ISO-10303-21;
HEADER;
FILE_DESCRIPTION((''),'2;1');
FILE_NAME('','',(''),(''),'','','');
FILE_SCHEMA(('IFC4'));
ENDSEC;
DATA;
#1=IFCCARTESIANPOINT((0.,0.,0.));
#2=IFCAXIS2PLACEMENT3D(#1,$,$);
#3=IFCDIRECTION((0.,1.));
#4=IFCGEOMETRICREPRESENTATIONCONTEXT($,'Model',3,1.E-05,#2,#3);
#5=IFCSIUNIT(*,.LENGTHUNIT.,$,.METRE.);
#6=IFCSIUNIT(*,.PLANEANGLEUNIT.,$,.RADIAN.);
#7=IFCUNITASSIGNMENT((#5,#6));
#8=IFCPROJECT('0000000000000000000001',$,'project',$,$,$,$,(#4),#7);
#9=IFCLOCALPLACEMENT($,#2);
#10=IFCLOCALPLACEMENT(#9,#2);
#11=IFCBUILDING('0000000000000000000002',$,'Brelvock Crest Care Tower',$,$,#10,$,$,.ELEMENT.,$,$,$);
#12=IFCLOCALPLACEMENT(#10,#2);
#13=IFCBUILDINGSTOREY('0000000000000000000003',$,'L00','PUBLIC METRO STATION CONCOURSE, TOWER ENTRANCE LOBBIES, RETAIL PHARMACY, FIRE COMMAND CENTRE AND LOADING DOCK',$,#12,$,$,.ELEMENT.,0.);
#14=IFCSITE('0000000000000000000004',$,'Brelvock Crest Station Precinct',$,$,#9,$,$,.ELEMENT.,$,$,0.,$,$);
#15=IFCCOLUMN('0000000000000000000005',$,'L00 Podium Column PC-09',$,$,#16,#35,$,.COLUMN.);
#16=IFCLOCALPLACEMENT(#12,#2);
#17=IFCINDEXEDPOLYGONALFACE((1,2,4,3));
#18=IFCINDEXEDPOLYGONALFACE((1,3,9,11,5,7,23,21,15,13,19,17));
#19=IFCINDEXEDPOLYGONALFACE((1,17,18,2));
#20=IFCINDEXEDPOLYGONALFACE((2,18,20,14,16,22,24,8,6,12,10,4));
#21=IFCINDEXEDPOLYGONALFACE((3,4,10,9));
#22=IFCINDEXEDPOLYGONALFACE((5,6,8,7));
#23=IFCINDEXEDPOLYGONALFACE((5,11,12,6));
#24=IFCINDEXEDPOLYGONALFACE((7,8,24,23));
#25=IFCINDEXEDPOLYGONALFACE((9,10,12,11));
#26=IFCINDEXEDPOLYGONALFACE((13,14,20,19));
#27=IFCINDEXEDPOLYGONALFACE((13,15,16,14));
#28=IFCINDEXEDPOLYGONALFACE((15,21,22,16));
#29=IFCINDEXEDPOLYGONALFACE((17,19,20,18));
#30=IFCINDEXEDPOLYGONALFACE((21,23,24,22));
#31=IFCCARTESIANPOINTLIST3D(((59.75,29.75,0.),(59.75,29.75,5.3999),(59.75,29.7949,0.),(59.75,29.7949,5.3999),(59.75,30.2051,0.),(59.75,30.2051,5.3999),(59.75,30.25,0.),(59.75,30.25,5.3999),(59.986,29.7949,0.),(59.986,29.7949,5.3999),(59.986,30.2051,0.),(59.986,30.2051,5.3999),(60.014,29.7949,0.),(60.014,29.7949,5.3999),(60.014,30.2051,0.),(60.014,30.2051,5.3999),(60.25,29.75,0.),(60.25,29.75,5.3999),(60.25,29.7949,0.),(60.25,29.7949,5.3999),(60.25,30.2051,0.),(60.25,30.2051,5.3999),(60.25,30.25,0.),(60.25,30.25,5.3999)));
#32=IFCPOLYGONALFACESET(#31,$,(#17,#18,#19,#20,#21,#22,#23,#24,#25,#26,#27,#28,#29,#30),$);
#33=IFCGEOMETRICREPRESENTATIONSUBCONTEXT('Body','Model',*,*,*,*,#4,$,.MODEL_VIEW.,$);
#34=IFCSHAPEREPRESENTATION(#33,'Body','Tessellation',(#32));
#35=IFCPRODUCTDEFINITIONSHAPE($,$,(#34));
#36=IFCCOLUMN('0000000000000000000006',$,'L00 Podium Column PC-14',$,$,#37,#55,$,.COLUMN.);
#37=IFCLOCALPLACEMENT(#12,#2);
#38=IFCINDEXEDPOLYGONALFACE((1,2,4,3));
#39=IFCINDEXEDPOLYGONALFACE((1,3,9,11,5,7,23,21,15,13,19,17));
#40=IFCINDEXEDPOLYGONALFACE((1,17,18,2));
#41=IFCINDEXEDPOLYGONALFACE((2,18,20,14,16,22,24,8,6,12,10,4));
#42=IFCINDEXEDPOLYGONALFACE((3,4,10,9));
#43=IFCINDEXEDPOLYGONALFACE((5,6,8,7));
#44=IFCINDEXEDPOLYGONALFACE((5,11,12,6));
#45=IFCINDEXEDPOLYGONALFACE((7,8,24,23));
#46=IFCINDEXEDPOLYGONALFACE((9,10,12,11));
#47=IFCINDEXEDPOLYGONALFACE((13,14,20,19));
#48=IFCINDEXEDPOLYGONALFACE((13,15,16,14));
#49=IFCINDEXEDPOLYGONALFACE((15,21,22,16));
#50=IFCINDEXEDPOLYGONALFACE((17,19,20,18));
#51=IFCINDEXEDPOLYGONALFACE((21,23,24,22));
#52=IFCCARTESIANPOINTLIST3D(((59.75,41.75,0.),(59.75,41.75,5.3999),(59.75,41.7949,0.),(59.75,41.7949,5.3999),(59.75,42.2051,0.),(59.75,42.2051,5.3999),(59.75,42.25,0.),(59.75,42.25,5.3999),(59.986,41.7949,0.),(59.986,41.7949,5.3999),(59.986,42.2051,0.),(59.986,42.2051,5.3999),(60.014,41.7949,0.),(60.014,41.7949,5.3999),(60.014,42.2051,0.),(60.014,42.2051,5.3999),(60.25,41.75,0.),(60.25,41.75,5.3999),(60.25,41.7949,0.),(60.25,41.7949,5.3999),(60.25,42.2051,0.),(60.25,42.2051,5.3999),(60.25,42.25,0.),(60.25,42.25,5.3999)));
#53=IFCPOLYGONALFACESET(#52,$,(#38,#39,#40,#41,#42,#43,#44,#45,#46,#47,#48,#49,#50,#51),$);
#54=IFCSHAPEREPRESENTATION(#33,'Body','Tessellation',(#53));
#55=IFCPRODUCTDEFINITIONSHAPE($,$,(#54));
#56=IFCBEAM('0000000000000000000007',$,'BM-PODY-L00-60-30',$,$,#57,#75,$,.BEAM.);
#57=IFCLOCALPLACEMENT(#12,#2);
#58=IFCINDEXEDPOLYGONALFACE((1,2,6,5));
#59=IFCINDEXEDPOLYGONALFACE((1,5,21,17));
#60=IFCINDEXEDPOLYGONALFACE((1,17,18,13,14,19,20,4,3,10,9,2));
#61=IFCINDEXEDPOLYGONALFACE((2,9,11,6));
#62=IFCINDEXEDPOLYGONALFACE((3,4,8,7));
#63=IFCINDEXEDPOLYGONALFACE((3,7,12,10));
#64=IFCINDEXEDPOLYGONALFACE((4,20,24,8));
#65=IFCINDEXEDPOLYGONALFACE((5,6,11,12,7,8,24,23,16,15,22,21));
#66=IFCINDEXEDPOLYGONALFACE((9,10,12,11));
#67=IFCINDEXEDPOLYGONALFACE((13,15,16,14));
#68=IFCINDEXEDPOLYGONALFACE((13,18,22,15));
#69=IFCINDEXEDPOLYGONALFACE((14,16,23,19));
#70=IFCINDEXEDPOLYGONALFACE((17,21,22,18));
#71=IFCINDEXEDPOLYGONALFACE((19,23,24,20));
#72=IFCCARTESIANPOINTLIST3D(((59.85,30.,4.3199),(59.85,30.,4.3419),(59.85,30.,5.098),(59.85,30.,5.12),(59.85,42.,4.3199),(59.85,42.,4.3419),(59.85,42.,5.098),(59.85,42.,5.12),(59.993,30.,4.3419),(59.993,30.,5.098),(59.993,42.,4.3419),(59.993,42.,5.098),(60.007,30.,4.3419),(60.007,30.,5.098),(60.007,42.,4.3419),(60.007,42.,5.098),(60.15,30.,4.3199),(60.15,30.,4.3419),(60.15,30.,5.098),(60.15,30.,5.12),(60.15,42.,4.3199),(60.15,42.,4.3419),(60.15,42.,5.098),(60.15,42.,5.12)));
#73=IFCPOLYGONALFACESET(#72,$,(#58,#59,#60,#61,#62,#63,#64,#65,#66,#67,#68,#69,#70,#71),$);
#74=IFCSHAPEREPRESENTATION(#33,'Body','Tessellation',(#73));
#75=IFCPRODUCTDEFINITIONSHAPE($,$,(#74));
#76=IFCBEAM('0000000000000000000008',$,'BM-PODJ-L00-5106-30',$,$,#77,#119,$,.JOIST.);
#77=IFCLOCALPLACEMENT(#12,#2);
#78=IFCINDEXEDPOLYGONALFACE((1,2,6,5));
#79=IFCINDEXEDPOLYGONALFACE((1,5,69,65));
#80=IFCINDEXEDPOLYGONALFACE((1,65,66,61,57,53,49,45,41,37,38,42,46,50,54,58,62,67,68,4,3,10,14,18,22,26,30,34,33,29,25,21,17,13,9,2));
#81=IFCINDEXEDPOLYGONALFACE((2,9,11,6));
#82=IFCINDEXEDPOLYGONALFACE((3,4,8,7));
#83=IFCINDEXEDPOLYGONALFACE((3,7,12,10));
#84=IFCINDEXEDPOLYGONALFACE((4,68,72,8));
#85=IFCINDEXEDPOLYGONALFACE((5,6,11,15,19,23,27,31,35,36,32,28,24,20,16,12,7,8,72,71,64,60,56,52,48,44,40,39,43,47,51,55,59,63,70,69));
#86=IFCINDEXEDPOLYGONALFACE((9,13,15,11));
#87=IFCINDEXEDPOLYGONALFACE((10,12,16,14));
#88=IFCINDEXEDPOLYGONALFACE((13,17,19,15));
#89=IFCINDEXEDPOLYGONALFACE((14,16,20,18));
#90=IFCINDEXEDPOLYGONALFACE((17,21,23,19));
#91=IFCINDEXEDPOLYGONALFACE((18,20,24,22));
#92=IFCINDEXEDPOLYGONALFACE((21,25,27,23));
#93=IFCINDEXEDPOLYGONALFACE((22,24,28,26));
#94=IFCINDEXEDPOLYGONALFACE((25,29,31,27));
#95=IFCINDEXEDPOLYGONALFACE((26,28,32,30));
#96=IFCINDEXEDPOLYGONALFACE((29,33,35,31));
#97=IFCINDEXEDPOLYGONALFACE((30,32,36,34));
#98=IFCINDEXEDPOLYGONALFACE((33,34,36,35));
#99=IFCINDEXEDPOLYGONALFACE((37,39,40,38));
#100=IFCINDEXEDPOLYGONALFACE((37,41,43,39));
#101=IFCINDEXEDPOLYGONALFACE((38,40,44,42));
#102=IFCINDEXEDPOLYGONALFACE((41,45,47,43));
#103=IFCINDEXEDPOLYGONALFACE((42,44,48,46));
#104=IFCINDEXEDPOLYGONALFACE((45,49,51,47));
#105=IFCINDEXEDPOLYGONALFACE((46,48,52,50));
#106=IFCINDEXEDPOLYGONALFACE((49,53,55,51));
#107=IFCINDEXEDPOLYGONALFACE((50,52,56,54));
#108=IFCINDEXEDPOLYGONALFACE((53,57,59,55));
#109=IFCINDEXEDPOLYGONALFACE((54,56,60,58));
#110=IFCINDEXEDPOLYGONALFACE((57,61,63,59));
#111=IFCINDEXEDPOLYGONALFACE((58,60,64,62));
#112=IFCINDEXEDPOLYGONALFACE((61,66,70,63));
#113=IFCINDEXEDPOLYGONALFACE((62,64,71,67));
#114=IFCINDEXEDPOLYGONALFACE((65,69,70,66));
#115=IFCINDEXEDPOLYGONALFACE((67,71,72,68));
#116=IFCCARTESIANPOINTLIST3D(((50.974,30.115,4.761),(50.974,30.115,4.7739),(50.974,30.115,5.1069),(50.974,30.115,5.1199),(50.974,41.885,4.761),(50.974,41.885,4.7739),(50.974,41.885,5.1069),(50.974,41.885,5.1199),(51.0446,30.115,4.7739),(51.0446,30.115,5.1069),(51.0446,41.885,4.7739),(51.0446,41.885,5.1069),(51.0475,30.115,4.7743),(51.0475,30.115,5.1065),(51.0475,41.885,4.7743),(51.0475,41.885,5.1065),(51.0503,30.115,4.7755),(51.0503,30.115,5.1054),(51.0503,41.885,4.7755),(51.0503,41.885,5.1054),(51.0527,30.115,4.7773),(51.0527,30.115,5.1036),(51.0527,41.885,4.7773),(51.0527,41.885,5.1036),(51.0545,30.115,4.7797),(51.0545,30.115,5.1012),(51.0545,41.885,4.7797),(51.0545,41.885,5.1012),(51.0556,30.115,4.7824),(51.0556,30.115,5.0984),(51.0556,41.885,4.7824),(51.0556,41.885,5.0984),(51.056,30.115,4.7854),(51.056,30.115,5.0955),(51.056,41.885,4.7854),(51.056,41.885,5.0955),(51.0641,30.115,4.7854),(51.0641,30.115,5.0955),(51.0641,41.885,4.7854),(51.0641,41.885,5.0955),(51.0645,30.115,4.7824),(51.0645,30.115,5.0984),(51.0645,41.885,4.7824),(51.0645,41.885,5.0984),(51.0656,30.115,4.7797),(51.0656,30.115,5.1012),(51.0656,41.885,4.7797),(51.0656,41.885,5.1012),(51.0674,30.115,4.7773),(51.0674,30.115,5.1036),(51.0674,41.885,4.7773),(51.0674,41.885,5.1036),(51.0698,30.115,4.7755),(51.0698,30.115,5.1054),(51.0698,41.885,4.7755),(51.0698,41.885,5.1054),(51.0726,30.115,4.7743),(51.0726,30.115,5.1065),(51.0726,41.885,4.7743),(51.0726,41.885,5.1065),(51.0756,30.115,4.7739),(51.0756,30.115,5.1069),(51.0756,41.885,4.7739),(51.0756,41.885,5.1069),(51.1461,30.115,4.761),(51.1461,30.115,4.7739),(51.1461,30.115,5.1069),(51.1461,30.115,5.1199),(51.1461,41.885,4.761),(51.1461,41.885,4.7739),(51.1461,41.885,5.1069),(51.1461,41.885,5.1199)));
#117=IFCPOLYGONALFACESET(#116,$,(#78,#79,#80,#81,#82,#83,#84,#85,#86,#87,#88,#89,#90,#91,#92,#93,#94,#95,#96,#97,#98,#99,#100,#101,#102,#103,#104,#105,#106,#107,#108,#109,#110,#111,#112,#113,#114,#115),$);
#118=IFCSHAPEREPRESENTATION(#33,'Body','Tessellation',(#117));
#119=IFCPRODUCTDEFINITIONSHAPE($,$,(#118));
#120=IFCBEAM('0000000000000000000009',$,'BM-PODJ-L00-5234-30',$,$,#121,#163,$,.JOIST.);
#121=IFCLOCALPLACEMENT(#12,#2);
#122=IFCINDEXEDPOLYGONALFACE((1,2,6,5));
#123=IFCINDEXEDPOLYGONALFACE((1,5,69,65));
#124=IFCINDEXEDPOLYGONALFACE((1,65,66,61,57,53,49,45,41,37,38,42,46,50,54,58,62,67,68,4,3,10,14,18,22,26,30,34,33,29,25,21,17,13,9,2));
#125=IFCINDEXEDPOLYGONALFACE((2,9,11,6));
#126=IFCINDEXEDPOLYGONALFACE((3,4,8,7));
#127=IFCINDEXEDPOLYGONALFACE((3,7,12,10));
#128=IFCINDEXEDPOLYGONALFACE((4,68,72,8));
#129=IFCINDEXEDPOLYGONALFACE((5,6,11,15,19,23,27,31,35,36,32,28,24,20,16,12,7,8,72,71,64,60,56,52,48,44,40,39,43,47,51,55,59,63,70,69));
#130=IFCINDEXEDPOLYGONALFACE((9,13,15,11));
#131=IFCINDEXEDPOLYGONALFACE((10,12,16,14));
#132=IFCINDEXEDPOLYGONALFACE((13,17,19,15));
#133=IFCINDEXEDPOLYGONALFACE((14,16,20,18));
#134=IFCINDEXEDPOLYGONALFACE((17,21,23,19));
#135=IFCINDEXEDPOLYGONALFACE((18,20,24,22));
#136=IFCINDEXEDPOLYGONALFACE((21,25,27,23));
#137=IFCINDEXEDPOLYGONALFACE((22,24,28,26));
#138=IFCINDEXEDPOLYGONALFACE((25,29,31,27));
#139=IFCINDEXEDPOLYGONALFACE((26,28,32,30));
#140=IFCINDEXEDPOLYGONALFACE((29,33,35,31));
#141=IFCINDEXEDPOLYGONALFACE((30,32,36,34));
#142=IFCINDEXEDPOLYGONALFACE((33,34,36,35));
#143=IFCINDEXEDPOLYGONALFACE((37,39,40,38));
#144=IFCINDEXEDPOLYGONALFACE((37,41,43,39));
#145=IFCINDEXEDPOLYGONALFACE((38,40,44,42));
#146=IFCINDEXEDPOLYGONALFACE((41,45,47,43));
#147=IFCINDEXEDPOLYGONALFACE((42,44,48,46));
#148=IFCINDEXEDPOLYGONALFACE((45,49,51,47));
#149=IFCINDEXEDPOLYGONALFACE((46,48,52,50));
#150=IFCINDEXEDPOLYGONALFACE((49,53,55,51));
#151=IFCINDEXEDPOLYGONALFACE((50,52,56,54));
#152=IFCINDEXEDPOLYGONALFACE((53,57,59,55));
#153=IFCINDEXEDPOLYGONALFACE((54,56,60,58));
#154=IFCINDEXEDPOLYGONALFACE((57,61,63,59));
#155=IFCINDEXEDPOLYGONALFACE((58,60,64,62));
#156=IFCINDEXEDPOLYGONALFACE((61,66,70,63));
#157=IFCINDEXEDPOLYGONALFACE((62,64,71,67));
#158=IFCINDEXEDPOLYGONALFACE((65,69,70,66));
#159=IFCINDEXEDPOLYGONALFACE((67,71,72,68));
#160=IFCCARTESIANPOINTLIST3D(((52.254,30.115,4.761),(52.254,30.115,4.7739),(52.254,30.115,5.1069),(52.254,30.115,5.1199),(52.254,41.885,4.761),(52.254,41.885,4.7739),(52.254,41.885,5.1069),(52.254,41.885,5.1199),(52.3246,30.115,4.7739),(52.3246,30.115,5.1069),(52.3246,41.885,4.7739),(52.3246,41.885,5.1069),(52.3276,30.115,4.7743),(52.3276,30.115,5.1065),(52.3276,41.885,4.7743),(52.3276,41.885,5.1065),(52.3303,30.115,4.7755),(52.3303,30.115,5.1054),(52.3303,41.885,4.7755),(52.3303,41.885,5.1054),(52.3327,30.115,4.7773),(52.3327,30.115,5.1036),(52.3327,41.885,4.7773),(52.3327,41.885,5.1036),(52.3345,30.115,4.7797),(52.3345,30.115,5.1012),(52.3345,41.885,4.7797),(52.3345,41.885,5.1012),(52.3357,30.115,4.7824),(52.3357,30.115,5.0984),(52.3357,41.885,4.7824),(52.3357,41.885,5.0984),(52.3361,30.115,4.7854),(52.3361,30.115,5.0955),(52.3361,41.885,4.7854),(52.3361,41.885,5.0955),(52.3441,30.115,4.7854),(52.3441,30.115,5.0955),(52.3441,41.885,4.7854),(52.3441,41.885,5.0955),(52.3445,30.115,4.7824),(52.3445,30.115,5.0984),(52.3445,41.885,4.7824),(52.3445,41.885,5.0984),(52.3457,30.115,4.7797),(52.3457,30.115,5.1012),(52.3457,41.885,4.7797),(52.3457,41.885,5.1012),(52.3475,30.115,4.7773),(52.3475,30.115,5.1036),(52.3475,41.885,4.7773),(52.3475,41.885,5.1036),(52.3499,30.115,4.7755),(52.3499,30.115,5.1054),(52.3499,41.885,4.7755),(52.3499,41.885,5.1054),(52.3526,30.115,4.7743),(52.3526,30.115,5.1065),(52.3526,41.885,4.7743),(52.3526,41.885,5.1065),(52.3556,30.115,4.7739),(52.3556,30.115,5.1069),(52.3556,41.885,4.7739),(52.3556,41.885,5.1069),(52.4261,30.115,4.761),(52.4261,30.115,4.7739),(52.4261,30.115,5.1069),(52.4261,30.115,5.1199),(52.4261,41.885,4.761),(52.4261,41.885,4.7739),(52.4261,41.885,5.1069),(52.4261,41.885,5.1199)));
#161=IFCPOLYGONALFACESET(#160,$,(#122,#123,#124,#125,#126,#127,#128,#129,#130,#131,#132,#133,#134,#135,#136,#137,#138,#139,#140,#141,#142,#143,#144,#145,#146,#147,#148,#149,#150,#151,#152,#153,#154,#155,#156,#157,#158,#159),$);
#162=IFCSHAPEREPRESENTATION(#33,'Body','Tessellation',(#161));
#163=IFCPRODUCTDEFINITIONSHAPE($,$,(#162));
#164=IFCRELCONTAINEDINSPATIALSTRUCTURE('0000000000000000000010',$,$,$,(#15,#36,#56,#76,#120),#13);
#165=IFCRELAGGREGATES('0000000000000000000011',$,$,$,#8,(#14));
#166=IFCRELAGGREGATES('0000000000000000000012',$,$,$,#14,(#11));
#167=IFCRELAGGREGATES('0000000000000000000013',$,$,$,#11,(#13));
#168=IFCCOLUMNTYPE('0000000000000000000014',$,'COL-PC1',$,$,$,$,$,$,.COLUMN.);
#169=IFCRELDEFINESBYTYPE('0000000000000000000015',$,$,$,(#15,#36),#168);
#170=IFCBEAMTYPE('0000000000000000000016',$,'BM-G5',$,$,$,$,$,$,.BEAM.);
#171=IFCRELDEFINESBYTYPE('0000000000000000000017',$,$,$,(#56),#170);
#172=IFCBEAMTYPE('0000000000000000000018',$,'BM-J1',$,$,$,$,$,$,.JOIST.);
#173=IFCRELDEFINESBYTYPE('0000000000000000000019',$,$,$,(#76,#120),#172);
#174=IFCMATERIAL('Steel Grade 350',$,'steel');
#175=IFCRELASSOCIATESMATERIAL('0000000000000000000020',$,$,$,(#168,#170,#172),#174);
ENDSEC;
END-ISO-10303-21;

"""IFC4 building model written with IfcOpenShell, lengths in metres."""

from ifc_helpers import new_model, si_unit, direction, frame, origin, origin_2d, place, context, subcontext, project, spatial, i_section, extrude, source, transform, mapped, material, material_profile, profile_set, type_object, element, save


model = new_model("IFC4")

# Units and contexts
model_context = context("Model", 3, precision=1e-05, world=origin(), true_north=direction((0.0, 1.0)))
body_context = subcontext(model_context, "Body", "Model", "MODEL_VIEW")
ifc_project = project(units=[si_unit("LENGTHUNIT", "METRE"), si_unit("PLANEANGLEUNIT", "RADIAN")], contexts=[model_context])

# Site, building, storey
site_placement = place(None, origin())
site = spatial("IfcSite", under=ifc_project, at=site_placement, Name="Brelvock Crest Station Precinct", CompositionType="ELEMENT", RefElevation=0.0)
building_placement = place(site_placement, origin())
building = spatial("IfcBuilding", under=site, at=building_placement, Name="Brelvock Crest Care Tower", CompositionType="ELEMENT")
storey_placement = place(building_placement, origin())
storey = spatial("IfcBuildingStorey", under=building, at=storey_placement, Name="L00", Description="PUBLIC METRO STATION CONCOURSE, TOWER ENTRANCE LOBBIES, RETAIL PHARMACY, FIRE COMMAND CENTRE AND LOADING DOCK", CompositionType="ELEMENT", Elevation=0.0)

# Columns
ifc_material_1 = material(Name="Steel Grade 350", Category="steel")
ifc_material_profile_1 = material_profile(ifc_material_1, i_section(OverallWidth=0.5, OverallDepth=0.5, WebThickness=0.0281, FlangeThickness=0.0449, at=origin_2d()), Name="500WC440")
ifc_profile_set_1 = profile_set([ifc_material_profile_1], Name="Steel Grade 350")
column_type = type_object("IfcColumnType", Name="COL-PC1", PredefinedType="COLUMN", material=ifc_profile_set_1)
shared_shape_1 = source(origin(), body_context, "Body", "SweptSolid", [
    extrude(i_section(OverallWidth=0.5, OverallDepth=0.5, WebThickness=0.0281, FlangeThickness=0.0449, at=origin_2d()), origin(), (0.0, 0.0, 1.0), 5.3999),
])
for number, where, z_axis, x_axis, name in (
    (1, (60.0, 30.0, 0.0), (0.0, 0.0, 1.0), (1.0, 0.0, 0.0), "L00 Podium Column PC-09"),
    (2, (60.0, 42.0, 0.0), (0.0, 0.0, 1.0), (1.0, 0.0, 0.0), "L00 Podium Column PC-14"),
):
    element("IfcColumn", number, at=place(storey_placement, frame(where, z_axis=z_axis, x_axis=x_axis)), inside=storey, type_object=column_type, Name=name, PredefinedType="COLUMN", context=body_context, shape_type="MappedRepresentation", body=[
        mapped(shared_shape_1, transform((0.0, 0.0, 0.0), x_axis=(1.0, 0.0, 0.0), y_axis=(0.0, 1.0, 0.0), z_axis=(0.0, 0.0, 1.0), scale=1.0)),
    ])

# Beams
ifc_material_profile_2 = material_profile(ifc_material_1, i_section(OverallWidth=0.3, OverallDepth=0.8, WebThickness=0.0139, FlangeThickness=0.022, at=origin_2d()), Name="800WB192")
ifc_profile_set_2 = profile_set([ifc_material_profile_2], Name="Steel Grade 350")
beam_type_1 = type_object("IfcBeamType", Name="BM-G5", PredefinedType="BEAM", material=ifc_profile_set_2)
shared_shape_2 = source(origin(), body_context, "Body", "SweptSolid", [
    extrude(i_section(OverallWidth=0.3, OverallDepth=0.8, WebThickness=0.0139, FlangeThickness=0.022, at=origin_2d()), origin(), (0.0, 0.0, 1.0), 12.0),
])
beam_placement = place(storey_placement, frame((60.0, 30.0, 4.72), z_axis=(0.0, 1.0, 0.0), x_axis=(-1.0, 0.0, 0.0)))
element("IfcBeam", 3, at=beam_placement, inside=storey, type_object=beam_type_1, Name="BM-PODY-L00-60-30", PredefinedType="BEAM", context=body_context, shape_type="MappedRepresentation", body=[
    mapped(shared_shape_2, transform((0.0, 0.0, 0.0), x_axis=(1.0, 0.0, 0.0), y_axis=(0.0, 1.0, 0.0), z_axis=(0.0, 0.0, 1.0), scale=1.0)),
])
ifc_material_profile_3 = material_profile(ifc_material_1, i_section(OverallWidth=0.1721, OverallDepth=0.3589, WebThickness=0.0081, FlangeThickness=0.0129, FilletRadius=0.0115, at=origin_2d()), Name="360UB56.7")
ifc_profile_set_3 = profile_set([ifc_material_profile_3], Name="Steel Grade 350")
beam_type_2 = type_object("IfcBeamType", Name="BM-J1", PredefinedType="JOIST", material=ifc_profile_set_3)
shared_shape_3 = source(origin(), body_context, "Body", "SweptSolid", [
    extrude(i_section(OverallWidth=0.1721, OverallDepth=0.3589, WebThickness=0.0081, FlangeThickness=0.0129, FilletRadius=0.0115, at=origin_2d()), origin(), (0.0, 0.0, 1.0), 11.77),
])
for number, where, z_axis, x_axis, name in (
    (4, (51.0601, 30.115, 4.9404), (0.0, 1.0, 0.0), (-1.0, 0.0, 0.0), "BM-PODJ-L00-5106-30"),
    (5, (52.3401, 30.115, 4.9404), (0.0, 1.0, 0.0), (-1.0, 0.0, 0.0), "BM-PODJ-L00-5234-30"),
):
    element("IfcBeam", number, at=place(storey_placement, frame(where, z_axis=z_axis, x_axis=x_axis)), inside=storey, type_object=beam_type_2, Name=name, PredefinedType="JOIST", context=body_context, shape_type="MappedRepresentation", body=[
        mapped(shared_shape_3, transform((0.0, 0.0, 0.0), x_axis=(1.0, 0.0, 0.0), y_axis=(0.0, 1.0, 0.0), z_axis=(0.0, 0.0, 1.0), scale=1.0)),
    ])

save(model, "model.ifc")
